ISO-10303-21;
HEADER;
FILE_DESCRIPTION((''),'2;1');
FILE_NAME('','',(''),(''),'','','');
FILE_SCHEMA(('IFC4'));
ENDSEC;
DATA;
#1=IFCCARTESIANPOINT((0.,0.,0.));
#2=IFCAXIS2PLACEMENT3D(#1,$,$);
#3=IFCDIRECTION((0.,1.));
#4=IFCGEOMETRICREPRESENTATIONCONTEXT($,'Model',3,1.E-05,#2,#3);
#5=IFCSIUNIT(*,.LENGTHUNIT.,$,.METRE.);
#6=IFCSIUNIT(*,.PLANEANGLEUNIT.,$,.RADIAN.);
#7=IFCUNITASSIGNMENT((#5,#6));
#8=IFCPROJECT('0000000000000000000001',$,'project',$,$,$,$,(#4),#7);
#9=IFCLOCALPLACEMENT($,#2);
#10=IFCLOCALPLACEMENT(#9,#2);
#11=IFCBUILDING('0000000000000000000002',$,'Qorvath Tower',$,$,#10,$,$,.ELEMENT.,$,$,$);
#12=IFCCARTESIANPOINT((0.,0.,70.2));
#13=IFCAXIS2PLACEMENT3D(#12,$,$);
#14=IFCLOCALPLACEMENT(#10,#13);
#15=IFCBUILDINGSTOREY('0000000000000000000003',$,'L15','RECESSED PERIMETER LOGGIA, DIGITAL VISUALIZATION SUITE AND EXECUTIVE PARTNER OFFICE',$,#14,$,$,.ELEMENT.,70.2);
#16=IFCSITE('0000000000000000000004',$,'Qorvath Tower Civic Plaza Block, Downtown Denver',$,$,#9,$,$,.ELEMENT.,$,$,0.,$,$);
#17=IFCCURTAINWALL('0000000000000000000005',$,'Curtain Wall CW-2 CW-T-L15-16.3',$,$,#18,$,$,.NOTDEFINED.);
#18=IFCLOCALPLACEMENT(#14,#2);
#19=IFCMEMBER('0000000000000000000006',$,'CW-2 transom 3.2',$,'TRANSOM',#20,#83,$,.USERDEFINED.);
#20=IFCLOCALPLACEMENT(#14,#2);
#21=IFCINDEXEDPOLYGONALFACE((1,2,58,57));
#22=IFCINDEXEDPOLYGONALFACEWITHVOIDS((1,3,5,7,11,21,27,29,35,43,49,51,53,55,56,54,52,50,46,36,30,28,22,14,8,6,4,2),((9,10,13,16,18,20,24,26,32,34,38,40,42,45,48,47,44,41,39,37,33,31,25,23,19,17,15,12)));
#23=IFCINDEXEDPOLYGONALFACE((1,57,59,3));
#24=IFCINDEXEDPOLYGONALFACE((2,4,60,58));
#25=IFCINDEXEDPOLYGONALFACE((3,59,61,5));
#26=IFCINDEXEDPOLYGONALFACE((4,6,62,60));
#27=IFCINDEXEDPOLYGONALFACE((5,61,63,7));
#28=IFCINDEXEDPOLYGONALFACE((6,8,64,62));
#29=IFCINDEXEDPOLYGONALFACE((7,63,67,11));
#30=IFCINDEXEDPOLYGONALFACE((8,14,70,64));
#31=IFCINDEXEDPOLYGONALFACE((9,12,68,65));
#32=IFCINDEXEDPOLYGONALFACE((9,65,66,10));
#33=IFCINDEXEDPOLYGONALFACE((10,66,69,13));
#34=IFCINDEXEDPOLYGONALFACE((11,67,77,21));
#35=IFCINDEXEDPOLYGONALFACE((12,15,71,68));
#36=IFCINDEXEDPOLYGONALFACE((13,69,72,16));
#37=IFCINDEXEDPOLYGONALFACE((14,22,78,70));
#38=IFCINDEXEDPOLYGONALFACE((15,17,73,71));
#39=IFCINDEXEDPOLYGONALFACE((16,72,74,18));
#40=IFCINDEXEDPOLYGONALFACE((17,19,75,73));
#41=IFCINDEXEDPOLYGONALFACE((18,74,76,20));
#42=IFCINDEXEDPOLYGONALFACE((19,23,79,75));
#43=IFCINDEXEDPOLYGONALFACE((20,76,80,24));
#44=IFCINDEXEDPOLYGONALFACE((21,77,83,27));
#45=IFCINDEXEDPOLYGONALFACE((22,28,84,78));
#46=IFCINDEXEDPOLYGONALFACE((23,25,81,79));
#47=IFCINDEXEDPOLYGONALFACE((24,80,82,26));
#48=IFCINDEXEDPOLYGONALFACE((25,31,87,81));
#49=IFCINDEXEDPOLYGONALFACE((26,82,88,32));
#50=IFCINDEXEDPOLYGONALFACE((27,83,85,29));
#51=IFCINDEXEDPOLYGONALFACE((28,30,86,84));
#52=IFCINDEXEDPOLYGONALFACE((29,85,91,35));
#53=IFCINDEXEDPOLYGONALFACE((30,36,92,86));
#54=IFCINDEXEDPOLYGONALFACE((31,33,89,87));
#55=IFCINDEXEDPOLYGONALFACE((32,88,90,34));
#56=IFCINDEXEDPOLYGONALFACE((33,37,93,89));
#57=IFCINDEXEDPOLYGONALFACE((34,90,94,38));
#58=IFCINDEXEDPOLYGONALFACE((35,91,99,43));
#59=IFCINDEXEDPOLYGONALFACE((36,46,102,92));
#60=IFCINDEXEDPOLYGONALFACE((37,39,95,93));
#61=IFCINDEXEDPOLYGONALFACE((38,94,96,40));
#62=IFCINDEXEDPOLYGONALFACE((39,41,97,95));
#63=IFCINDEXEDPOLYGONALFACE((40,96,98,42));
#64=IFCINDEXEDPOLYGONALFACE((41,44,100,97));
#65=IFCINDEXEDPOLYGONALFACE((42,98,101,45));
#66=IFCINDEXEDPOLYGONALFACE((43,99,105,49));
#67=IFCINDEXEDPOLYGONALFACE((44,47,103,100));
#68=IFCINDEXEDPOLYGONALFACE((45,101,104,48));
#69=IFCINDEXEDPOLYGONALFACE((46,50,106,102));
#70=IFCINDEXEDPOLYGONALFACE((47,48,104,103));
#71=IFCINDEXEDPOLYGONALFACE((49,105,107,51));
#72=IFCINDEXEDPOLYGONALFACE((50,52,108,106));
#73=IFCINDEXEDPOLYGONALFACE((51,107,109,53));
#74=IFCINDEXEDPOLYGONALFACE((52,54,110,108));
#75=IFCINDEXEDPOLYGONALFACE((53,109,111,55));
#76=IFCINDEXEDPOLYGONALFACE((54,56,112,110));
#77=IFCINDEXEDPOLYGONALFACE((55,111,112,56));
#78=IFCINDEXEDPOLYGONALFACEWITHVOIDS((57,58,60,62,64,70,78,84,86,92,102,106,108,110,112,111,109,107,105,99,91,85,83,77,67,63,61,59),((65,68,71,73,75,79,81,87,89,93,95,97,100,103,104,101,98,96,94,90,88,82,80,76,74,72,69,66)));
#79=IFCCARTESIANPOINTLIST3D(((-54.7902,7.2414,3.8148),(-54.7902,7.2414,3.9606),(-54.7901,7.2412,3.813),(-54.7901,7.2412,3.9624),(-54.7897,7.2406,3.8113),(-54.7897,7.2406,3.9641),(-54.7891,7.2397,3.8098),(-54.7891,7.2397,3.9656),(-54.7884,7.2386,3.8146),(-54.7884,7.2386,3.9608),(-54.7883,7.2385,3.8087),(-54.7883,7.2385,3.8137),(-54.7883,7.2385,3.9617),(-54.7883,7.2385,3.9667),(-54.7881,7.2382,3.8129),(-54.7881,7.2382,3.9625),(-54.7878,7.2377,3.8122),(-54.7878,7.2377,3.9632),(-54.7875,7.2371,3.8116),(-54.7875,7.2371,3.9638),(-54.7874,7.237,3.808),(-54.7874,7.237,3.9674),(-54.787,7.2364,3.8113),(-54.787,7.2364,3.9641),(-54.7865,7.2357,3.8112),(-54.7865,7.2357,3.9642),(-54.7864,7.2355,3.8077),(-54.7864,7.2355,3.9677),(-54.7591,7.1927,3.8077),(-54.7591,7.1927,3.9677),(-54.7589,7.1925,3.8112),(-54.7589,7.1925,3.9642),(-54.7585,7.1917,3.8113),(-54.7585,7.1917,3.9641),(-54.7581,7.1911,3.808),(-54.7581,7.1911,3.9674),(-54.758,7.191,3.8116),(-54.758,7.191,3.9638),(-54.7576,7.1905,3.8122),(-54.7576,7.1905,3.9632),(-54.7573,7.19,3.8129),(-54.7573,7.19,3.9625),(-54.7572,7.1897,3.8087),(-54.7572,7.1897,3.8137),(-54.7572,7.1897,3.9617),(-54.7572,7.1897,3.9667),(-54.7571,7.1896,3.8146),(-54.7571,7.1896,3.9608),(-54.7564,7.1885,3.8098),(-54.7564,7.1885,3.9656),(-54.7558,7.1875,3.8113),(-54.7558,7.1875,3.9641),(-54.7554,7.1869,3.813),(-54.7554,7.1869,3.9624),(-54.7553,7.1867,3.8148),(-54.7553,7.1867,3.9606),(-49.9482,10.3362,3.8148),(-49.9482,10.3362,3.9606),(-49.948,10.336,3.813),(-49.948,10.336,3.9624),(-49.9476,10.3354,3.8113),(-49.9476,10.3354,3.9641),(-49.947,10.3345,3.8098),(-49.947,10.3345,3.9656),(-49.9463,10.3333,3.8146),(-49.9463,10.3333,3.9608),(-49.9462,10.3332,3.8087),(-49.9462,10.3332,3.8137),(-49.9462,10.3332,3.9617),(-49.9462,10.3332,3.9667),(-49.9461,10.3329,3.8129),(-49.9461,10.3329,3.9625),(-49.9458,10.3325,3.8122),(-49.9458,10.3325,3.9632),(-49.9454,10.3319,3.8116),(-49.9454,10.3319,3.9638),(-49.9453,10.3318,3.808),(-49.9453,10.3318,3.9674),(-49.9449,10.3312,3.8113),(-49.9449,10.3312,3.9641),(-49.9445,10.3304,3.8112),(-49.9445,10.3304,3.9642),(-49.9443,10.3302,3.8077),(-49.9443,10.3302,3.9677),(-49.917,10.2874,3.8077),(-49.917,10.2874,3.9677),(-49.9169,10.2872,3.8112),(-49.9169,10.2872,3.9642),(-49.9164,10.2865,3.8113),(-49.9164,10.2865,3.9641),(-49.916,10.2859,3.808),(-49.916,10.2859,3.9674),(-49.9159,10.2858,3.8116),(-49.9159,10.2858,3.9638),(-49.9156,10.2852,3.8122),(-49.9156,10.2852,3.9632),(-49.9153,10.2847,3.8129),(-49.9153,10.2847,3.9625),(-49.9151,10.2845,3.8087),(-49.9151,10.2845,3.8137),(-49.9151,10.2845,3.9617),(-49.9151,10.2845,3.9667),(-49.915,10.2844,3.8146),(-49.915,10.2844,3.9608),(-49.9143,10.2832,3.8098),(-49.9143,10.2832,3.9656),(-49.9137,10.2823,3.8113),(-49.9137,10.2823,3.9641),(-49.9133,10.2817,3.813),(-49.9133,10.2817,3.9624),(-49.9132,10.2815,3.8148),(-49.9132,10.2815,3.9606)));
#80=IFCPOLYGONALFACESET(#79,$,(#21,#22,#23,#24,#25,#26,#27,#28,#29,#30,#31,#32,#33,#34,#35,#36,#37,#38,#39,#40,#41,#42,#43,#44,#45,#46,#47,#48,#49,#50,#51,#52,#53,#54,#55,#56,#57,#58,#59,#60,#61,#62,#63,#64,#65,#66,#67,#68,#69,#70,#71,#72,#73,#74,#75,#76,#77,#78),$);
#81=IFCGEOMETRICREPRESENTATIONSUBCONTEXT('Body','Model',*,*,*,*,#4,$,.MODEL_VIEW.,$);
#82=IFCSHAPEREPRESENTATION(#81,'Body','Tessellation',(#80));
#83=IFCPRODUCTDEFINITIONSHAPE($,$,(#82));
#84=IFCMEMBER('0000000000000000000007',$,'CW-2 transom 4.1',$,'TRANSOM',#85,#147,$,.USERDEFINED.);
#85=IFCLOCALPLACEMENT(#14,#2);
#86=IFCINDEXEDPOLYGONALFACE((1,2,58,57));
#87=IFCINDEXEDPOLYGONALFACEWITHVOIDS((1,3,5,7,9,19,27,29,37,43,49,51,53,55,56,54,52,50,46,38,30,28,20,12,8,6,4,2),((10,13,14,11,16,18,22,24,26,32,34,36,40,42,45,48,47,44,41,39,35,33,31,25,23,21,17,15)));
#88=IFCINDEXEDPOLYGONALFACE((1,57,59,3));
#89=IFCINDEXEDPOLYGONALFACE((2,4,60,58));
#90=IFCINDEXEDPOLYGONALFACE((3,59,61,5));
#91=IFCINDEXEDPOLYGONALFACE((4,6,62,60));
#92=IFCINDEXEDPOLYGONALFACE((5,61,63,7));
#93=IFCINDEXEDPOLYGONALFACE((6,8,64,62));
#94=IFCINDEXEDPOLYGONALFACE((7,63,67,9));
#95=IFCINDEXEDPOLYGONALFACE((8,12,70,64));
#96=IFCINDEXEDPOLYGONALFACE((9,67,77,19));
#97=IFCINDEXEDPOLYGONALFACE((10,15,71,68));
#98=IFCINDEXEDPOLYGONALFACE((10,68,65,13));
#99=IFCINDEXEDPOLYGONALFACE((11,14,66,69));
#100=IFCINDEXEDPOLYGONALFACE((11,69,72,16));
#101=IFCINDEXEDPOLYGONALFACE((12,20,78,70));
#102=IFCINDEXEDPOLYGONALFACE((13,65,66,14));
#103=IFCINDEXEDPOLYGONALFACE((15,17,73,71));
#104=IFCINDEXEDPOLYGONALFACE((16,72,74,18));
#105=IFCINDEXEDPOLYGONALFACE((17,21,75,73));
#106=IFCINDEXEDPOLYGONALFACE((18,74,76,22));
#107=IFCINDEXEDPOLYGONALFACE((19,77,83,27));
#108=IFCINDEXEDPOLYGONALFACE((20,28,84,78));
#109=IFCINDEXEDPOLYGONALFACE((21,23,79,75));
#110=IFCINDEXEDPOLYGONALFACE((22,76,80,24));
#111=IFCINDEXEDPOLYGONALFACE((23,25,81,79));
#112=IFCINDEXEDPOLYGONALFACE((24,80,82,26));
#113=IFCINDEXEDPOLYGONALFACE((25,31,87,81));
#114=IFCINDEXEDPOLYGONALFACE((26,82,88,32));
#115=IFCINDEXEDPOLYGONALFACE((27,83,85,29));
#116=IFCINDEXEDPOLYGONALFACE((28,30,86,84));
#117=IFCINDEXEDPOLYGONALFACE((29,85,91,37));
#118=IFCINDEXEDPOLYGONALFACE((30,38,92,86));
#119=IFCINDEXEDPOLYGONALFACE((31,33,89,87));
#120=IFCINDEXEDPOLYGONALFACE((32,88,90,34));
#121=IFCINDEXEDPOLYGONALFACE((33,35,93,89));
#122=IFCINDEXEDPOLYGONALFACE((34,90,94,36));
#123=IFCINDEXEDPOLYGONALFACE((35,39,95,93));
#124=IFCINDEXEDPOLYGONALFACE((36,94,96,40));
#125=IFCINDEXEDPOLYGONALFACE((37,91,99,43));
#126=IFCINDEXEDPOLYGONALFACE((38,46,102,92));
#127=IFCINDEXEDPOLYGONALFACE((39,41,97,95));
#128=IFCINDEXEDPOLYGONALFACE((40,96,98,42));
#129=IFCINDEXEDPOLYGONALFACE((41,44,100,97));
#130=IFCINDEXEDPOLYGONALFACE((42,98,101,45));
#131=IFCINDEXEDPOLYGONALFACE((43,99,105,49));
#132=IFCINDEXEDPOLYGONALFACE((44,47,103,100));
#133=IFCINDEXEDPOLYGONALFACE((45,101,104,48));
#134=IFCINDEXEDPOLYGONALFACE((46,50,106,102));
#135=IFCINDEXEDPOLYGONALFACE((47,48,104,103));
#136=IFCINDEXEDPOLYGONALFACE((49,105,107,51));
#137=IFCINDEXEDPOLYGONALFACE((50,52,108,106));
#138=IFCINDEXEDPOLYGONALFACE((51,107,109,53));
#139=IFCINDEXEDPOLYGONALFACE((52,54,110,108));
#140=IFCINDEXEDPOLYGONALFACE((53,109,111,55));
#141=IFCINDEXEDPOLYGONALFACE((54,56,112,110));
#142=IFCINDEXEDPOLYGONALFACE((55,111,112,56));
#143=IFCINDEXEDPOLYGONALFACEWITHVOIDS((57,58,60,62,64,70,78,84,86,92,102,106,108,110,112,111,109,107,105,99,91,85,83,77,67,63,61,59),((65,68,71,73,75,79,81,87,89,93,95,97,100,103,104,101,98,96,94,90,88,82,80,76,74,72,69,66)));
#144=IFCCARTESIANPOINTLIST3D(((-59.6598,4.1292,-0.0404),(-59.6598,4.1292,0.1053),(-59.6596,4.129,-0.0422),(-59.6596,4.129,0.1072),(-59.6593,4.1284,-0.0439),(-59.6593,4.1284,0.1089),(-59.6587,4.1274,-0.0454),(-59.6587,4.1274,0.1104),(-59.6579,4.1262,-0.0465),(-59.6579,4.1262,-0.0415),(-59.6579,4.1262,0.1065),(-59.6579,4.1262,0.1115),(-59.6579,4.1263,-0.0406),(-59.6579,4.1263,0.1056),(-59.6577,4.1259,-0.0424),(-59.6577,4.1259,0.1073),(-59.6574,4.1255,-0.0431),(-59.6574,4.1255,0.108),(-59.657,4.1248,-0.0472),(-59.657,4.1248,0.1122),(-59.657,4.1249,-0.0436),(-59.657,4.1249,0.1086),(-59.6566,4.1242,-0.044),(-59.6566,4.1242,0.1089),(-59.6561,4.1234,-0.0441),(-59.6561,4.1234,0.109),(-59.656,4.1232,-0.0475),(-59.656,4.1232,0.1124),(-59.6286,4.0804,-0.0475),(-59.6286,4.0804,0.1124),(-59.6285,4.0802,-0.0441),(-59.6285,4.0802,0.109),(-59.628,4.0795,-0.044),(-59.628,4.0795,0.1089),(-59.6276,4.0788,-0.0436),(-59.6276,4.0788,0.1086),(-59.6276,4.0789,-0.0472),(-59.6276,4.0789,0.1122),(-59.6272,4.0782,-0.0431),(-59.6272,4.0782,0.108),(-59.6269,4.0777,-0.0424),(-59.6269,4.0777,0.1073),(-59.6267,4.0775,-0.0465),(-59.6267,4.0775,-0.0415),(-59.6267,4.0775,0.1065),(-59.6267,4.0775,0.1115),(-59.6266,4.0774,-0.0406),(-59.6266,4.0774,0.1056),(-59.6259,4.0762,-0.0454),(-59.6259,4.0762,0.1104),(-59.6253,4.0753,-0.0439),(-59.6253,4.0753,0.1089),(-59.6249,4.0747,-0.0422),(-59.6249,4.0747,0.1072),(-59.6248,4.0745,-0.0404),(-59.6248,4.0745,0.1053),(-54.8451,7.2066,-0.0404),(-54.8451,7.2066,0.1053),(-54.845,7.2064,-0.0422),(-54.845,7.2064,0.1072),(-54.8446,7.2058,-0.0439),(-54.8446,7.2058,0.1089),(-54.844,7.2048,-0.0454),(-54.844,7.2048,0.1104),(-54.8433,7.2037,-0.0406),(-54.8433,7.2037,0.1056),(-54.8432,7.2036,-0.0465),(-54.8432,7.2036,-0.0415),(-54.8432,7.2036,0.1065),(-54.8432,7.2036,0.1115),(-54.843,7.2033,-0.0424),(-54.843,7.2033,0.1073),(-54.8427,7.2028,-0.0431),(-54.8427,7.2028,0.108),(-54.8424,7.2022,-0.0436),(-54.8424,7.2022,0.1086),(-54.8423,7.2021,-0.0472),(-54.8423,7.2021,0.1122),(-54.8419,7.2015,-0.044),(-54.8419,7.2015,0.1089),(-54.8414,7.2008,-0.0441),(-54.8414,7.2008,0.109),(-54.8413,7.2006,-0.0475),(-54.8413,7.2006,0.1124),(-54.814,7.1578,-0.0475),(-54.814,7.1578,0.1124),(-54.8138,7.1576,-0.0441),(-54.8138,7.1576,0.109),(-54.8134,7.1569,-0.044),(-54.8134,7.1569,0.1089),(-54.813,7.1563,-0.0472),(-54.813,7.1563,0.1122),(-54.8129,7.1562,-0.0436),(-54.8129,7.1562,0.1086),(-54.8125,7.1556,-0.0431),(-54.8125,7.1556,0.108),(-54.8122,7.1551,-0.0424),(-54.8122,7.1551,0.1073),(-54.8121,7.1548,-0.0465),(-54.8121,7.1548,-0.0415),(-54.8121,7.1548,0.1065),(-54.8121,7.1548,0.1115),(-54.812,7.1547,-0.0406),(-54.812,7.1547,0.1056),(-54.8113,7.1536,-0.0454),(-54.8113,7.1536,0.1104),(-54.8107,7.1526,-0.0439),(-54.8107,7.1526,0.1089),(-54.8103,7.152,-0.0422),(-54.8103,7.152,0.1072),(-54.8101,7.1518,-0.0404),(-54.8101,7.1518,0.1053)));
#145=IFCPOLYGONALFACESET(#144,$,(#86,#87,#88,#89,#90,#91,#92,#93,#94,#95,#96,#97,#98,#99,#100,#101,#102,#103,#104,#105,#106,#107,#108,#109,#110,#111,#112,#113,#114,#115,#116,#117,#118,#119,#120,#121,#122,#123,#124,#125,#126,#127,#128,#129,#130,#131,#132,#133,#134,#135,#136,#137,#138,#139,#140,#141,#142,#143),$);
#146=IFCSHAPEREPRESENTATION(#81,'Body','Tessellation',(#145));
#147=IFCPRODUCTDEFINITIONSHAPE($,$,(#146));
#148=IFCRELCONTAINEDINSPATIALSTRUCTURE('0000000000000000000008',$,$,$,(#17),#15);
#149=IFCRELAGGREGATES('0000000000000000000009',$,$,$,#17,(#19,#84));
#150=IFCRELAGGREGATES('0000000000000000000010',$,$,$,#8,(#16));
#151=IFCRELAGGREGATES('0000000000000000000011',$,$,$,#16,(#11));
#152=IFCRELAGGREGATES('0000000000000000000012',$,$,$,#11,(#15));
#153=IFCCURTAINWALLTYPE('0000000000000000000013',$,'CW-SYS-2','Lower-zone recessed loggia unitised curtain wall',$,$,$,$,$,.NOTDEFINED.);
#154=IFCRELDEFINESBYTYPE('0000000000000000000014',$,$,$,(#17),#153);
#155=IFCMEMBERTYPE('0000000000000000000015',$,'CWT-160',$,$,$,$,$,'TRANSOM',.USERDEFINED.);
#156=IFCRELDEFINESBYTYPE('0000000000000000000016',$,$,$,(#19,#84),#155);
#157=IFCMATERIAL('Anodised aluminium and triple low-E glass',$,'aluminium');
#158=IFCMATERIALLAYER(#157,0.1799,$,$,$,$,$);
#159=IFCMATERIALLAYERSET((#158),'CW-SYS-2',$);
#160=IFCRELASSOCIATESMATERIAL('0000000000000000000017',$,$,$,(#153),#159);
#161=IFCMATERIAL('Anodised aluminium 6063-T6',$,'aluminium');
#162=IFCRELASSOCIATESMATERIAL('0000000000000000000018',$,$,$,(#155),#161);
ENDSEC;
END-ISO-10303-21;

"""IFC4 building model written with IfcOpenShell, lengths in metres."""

from ifc_helpers import new_model, si_unit, direction, frame, origin, origin_2d, place, context, subcontext, project, spatial, hollow_rectangle, extrude, material, layer, layer_set, material_profile, profile_set, type_object, element, aggregate, save


model = new_model("IFC4")

# Units and contexts
model_context = context("Model", 3, precision=1e-05, world=origin(), true_north=direction((0.0, 1.0)))
body_context = subcontext(model_context, "Body", "Model", "MODEL_VIEW")
ifc_project = project(units=[si_unit("LENGTHUNIT", "METRE"), si_unit("PLANEANGLEUNIT", "RADIAN")], contexts=[model_context])

# Site, building, storey
site_placement = place(None, origin())
site = spatial("IfcSite", under=ifc_project, at=site_placement, Name="Qorvath Tower Civic Plaza Block, Downtown Denver", CompositionType="ELEMENT", RefElevation=0.0)
building_placement = place(site_placement, origin())
building = spatial("IfcBuilding", under=site, at=building_placement, Name="Qorvath Tower", CompositionType="ELEMENT")
storey_placement = place(building_placement, frame((0.0, 0.0, 70.2)))
storey = spatial("IfcBuildingStorey", under=building, at=storey_placement, Name="L15", Description="RECESSED PERIMETER LOGGIA, DIGITAL VISUALIZATION SUITE AND EXECUTIVE PARTNER OFFICE", CompositionType="ELEMENT", Elevation=70.2)

# Shared definitions
ifc_material_1 = material(Name="Anodised aluminium and triple low-E glass", Category="aluminium")
ifc_layer_1 = layer(ifc_material_1, 0.1799)
ifc_layer_set_1 = layer_set([ifc_layer_1], Name="CW-SYS-2")
curtain_wall_type = type_object("IfcCurtainWallType", Name="CW-SYS-2", Description="Lower-zone recessed loggia unitised curtain wall", PredefinedType="NOTDEFINED", material=ifc_layer_set_1)

# Curtain wall, members
curtain_wall_1_placement = place(storey_placement, origin())
curtain_wall_1 = element("IfcCurtainWall", 1, at=curtain_wall_1_placement, inside=storey, type_object=curtain_wall_type, Name="Curtain Wall CW-2 CW-T-L15-16.3", PredefinedType="NOTDEFINED")
ifc_material_2 = material(Name="Anodised aluminium 6063-T6", Category="aluminium")
ifc_material_profile_1 = material_profile(ifc_material_2, hollow_rectangle(XDim=0.0649, YDim=0.1599, WallThickness=0.0034, InnerFilletRadius=0.0034, OuterFilletRadius=0.0071, at=origin_2d()), Name="CWT 160x65")
ifc_profile_set_1 = profile_set([ifc_material_profile_1], Name="Anodised aluminium 6063-T6")
member_type_1 = type_object("IfcMemberType", Name="CWT-160", ElementType="TRANSOM", PredefinedType="USERDEFINED", material=ifc_profile_set_1)
member_1_placement = place(storey_placement, frame((-49.9307, 10.3088, 3.8877), z_axis=(-0.842601, -0.538538, 0.0), x_axis=(0.538538, -0.842601, 0.0)))
member_1 = element("IfcMember", 2, at=member_1_placement, type_object=member_type_1, Name="CW-2 transom 3.2", ObjectType="TRANSOM", PredefinedType="USERDEFINED", context=body_context, shape_type="SweptSolid", body=[
    extrude(hollow_rectangle(XDim=0.0649, YDim=0.1599, WallThickness=0.0034, InnerFilletRadius=0.0034, OuterFilletRadius=0.0071, at=origin_2d()), origin(), (0.0, 0.0, 1.0), 5.7466),
])
member_2_placement = place(storey_placement, frame((-54.8276, 7.1792, 0.0325), z_axis=(-0.84259, -0.538555, 0.0), x_axis=(0.538555, -0.84259, 0.0)))
member_2 = element("IfcMember", 3, at=member_2_placement, type_object=member_type_1, Name="CW-2 transom 4.1", ObjectType="TRANSOM", PredefinedType="USERDEFINED", context=body_context, shape_type="SweptSolid", body=[
    extrude(hollow_rectangle(XDim=0.0649, YDim=0.1599, WallThickness=0.0034, InnerFilletRadius=0.0034, OuterFilletRadius=0.0071, at=origin_2d()), origin(), (0.0, 0.0, 1.0), 5.7141),
])
aggregate(curtain_wall_1, [member_1, member_2])

save(model, "model.ifc")
